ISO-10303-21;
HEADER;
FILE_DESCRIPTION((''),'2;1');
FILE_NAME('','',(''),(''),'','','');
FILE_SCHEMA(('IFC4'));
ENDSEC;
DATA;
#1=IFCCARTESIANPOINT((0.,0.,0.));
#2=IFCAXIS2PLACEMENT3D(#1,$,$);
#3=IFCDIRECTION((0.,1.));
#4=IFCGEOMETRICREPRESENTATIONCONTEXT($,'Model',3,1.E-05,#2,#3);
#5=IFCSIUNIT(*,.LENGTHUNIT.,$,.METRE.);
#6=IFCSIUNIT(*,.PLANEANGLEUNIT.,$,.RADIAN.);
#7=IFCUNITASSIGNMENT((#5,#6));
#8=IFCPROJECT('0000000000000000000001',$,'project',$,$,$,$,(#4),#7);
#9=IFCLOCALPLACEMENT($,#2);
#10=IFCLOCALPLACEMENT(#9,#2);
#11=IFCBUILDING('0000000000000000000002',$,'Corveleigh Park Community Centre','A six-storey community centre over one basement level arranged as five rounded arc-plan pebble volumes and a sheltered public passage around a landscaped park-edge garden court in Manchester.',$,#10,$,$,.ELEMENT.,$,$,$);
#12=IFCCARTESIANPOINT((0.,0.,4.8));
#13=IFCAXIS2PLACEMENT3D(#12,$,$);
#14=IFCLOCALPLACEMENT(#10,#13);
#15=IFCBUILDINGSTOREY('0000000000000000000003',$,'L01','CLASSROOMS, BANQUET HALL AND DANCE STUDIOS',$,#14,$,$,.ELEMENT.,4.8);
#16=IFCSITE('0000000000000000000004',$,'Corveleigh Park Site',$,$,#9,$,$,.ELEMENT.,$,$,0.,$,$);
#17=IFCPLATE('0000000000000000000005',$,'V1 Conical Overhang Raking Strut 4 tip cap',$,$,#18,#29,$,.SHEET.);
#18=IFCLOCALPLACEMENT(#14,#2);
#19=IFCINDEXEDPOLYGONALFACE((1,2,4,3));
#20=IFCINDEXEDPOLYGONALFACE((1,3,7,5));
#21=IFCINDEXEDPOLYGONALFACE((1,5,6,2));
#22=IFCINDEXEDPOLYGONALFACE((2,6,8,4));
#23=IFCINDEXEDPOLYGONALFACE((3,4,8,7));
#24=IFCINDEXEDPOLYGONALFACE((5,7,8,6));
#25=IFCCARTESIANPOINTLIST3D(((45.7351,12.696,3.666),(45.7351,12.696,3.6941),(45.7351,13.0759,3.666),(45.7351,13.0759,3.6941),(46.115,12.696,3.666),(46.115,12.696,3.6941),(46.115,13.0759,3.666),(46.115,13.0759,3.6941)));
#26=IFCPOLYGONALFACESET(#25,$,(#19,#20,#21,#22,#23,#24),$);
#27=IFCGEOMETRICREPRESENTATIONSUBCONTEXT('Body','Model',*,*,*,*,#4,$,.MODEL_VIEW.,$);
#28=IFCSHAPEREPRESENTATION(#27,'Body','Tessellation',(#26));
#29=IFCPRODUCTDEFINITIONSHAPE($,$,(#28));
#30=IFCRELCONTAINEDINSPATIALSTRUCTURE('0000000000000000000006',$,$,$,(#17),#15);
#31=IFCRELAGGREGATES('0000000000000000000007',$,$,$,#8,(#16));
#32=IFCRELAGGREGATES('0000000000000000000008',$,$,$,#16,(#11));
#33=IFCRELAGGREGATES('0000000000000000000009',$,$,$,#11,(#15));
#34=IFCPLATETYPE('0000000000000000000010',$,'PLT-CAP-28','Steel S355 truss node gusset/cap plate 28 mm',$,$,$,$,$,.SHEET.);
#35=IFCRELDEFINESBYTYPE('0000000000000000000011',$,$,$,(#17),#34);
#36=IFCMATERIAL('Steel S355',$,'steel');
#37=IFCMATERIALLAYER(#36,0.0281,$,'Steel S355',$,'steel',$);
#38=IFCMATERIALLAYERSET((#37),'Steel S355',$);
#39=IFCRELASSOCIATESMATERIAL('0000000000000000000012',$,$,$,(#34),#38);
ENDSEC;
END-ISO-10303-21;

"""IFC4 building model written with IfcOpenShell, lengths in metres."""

from ifc_helpers import new_model, si_unit, direction, frame, origin, origin_2d, place, context, subcontext, project, spatial, rectangle, extrude, material, layer, layer_set, type_object, element, save


model = new_model("IFC4")

# Units and contexts
model_context = context("Model", 3, precision=1e-05, world=origin(), true_north=direction((0.0, 1.0)))
body_context = subcontext(model_context, "Body", "Model", "MODEL_VIEW")
ifc_project = project(units=[si_unit("LENGTHUNIT", "METRE"), si_unit("PLANEANGLEUNIT", "RADIAN")], contexts=[model_context])

# Site, building, storey
site_placement = place(None, origin())
site = spatial("IfcSite", under=ifc_project, at=site_placement, Name="Corveleigh Park Site", CompositionType="ELEMENT", RefElevation=0.0)
building_placement = place(site_placement, origin())
building = spatial("IfcBuilding", under=site, at=building_placement, Name="Corveleigh Park Community Centre", Description="A six-storey community centre over one basement level arranged as five rounded arc-plan pebble volumes and a sheltered public passage around a landscaped park-edge garden court in Manchester.", CompositionType="ELEMENT")
storey_placement = place(building_placement, frame((0.0, 0.0, 4.8)))
storey = spatial("IfcBuildingStorey", under=building, at=storey_placement, Name="L01", Description="CLASSROOMS, BANQUET HALL AND DANCE STUDIOS", CompositionType="ELEMENT", Elevation=4.8)

# Plate
ifc_material_1 = material(Name="Steel S355", Category="steel")
ifc_layer_1 = layer(ifc_material_1, 0.0281, Name="Steel S355", Category="steel")
ifc_layer_set_1 = layer_set([ifc_layer_1], Name="Steel S355")
plate_type_1 = type_object("IfcPlateType", Name="PLT-CAP-28", Description="Steel S355 truss node gusset/cap plate 28 mm", PredefinedType="SHEET", material=ifc_layer_set_1)
plate_1_placement = place(storey_placement, frame((45.925, 12.886, 3.666), z_axis=(0.0, 0.0, 1.0), x_axis=(1.0, 0.0, 0.0)))
element("IfcPlate", 1, at=plate_1_placement, inside=storey, type_object=plate_type_1, Name="V1 Conical Overhang Raking Strut 4 tip cap", PredefinedType="SHEET", context=body_context, shape_type="SweptSolid", body=[
    extrude(rectangle(XDim=0.3799, YDim=0.3799, at=origin_2d()), origin(), (0.0, 0.0, 1.0), 0.0281),
])

save(model, "model.ifc")
